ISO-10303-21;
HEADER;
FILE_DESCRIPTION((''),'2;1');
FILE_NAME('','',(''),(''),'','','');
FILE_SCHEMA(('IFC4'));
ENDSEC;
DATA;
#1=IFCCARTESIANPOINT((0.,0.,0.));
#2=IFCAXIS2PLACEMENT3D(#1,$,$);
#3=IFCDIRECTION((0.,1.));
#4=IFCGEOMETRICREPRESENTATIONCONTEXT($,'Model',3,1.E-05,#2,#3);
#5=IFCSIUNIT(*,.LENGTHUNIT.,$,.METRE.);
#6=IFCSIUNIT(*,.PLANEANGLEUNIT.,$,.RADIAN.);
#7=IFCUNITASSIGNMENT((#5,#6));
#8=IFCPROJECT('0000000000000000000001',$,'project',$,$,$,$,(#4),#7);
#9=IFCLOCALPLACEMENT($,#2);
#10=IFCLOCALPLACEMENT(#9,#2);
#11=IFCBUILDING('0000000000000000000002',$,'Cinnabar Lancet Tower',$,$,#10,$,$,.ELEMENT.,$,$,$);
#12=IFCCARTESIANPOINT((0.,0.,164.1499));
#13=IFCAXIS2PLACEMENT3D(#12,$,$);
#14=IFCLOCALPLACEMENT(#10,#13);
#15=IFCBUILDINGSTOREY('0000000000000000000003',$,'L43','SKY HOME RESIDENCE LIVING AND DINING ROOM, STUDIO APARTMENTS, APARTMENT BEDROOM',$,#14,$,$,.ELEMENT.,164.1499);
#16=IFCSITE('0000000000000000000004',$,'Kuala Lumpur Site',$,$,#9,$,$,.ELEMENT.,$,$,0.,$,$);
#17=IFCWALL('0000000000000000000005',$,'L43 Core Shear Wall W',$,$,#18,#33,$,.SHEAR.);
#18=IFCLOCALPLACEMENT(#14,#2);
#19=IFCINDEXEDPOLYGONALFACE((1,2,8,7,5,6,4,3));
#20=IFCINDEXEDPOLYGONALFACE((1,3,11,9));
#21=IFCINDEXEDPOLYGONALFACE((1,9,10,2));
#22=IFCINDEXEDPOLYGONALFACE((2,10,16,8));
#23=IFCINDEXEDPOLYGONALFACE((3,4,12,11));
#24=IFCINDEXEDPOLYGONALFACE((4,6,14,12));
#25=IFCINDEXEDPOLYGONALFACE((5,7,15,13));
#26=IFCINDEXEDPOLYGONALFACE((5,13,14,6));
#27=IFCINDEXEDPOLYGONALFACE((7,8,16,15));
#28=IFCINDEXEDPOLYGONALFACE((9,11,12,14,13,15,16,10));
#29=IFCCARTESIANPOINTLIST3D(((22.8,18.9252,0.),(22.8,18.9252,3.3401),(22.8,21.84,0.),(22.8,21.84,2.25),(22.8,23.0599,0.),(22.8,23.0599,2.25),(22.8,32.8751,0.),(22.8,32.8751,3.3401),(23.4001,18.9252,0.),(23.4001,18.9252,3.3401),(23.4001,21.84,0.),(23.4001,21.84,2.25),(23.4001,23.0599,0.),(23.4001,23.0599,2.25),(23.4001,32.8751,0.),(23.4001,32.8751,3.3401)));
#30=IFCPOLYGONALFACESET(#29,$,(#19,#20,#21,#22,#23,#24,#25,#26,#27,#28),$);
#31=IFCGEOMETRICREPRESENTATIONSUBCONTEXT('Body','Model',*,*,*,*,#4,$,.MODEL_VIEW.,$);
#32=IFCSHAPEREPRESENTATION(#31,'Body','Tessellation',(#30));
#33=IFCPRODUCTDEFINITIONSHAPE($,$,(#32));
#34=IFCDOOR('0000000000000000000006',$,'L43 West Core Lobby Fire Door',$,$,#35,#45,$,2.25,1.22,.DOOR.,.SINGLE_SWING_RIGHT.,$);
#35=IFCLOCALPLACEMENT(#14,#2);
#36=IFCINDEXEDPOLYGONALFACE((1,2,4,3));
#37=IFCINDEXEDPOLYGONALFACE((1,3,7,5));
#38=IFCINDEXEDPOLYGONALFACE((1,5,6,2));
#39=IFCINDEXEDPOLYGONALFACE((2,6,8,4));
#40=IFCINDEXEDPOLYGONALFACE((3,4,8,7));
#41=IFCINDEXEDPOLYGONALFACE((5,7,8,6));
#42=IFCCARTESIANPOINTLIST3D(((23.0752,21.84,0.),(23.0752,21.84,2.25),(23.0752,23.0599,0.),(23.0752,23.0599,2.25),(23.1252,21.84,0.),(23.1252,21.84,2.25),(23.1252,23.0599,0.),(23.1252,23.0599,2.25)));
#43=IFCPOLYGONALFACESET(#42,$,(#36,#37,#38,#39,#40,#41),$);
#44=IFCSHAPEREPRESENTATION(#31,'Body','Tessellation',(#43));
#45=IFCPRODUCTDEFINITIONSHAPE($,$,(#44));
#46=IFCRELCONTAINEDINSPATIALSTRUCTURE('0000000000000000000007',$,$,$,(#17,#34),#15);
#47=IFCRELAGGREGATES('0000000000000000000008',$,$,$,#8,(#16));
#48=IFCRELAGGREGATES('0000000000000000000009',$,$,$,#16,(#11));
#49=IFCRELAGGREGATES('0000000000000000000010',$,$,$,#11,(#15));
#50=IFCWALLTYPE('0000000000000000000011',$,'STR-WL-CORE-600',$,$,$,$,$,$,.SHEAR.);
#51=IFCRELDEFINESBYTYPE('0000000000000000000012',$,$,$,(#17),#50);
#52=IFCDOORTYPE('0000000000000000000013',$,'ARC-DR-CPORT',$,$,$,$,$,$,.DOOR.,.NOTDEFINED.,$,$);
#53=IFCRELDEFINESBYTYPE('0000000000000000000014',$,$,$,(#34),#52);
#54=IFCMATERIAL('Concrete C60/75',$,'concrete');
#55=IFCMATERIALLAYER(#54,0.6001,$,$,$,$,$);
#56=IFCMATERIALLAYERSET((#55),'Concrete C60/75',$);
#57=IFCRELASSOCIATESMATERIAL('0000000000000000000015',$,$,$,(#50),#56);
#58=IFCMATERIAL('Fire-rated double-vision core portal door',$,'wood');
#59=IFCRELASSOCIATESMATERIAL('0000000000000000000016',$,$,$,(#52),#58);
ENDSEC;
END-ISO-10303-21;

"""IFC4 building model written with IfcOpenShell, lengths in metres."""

from ifc_helpers import new_model, si_unit, direction, frame, frame_2d, origin, place, context, subcontext, project, spatial, rectangle, extrude, material, layer, layer_set, type_object, element, fill, save


model = new_model("IFC4")

# Units and contexts
model_context = context("Model", 3, precision=1e-05, world=origin(), true_north=direction((0.0, 1.0)))
body_context = subcontext(model_context, "Body", "Model", "MODEL_VIEW")
ifc_project = project(units=[si_unit("LENGTHUNIT", "METRE"), si_unit("PLANEANGLEUNIT", "RADIAN")], contexts=[model_context])

# Site, building, storey
site_placement = place(None, origin())
site = spatial("IfcSite", under=ifc_project, at=site_placement, Name="Kuala Lumpur Site", CompositionType="ELEMENT", RefElevation=0.0)
building_placement = place(site_placement, origin())
building = spatial("IfcBuilding", under=site, at=building_placement, Name="Cinnabar Lancet Tower", CompositionType="ELEMENT")
storey_placement = place(building_placement, frame((0.0, 0.0, 164.1499)))
storey = spatial("IfcBuildingStorey", under=building, at=storey_placement, Name="L43", Description="SKY HOME RESIDENCE LIVING AND DINING ROOM, STUDIO APARTMENTS, APARTMENT BEDROOM", CompositionType="ELEMENT", Elevation=164.1499)

# Wall, opening, door
ifc_material_1 = material(Name="Concrete C60/75", Category="concrete")
ifc_layer_1 = layer(ifc_material_1, 0.6001)
ifc_layer_set_1 = layer_set([ifc_layer_1], Name="Concrete C60/75")
wall_type_1 = type_object("IfcWallType", Name="STR-WL-CORE-600", PredefinedType="SHEAR", material=ifc_layer_set_1)
wall_1_placement = place(storey_placement, frame((23.1001, 18.925, 0.0), z_axis=(0.0, 0.0, 1.0), x_axis=(0.0, 1.0, 0.0)))
wall_1 = element("IfcWall", 1, at=wall_1_placement, inside=storey, type_object=wall_type_1, Name="L43 Core Shear Wall W", PredefinedType="SHEAR", context=body_context, shape_type="SweptSolid", body=[
    extrude(rectangle(XDim=13.95, YDim=0.6001, at=frame_2d((6.9751, 0.0))), origin(), (0.0, 0.0, 1.0), 3.3401),
])
opening_1_placement = place(wall_1_placement, frame((2.915, 0.0, 0.0)))
opening_1 = element("IfcOpeningElement", 2, at=opening_1_placement, cuts=wall_1, PredefinedType="OPENING", context=body_context, shape_type="SweptSolid", body=[
    extrude(rectangle(XDim=1.22, YDim=2.25, at=frame_2d((0.6099, 1.125))), frame((0.0, 0.3101, 0.0), z_axis=(0.0, -1.0, 0.0), x_axis=(1.0, 0.0, 0.0)), (0.0, 0.0, 1.0), 0.6201),
])
ifc_material_2 = material(Name="Fire-rated double-vision core portal door", Category="wood")
door_type_1 = type_object("IfcDoorType", Name="ARC-DR-CPORT", OperationType="NOTDEFINED", PredefinedType="DOOR", material=ifc_material_2)
door_1_placement = place(opening_1_placement, origin())
door_1 = element("IfcDoor", 3, at=door_1_placement, inside=storey, type_object=door_type_1, Name="L43 West Core Lobby Fire Door", OperationType="SINGLE_SWING_RIGHT", OverallHeight=2.25, OverallWidth=1.22, PredefinedType="DOOR", context=body_context, shape_type="SweptSolid", body=[
    extrude(rectangle(XDim=1.22, YDim=2.25, at=frame_2d((0.6099, 1.125))), frame((0.0, 0.0249, 0.0), z_axis=(0.0, -1.0, 0.0), x_axis=(1.0, 0.0, 0.0)), (0.0, 0.0, 1.0), 0.05),
])
fill(opening_1, door_1)

save(model, "model.ifc")
